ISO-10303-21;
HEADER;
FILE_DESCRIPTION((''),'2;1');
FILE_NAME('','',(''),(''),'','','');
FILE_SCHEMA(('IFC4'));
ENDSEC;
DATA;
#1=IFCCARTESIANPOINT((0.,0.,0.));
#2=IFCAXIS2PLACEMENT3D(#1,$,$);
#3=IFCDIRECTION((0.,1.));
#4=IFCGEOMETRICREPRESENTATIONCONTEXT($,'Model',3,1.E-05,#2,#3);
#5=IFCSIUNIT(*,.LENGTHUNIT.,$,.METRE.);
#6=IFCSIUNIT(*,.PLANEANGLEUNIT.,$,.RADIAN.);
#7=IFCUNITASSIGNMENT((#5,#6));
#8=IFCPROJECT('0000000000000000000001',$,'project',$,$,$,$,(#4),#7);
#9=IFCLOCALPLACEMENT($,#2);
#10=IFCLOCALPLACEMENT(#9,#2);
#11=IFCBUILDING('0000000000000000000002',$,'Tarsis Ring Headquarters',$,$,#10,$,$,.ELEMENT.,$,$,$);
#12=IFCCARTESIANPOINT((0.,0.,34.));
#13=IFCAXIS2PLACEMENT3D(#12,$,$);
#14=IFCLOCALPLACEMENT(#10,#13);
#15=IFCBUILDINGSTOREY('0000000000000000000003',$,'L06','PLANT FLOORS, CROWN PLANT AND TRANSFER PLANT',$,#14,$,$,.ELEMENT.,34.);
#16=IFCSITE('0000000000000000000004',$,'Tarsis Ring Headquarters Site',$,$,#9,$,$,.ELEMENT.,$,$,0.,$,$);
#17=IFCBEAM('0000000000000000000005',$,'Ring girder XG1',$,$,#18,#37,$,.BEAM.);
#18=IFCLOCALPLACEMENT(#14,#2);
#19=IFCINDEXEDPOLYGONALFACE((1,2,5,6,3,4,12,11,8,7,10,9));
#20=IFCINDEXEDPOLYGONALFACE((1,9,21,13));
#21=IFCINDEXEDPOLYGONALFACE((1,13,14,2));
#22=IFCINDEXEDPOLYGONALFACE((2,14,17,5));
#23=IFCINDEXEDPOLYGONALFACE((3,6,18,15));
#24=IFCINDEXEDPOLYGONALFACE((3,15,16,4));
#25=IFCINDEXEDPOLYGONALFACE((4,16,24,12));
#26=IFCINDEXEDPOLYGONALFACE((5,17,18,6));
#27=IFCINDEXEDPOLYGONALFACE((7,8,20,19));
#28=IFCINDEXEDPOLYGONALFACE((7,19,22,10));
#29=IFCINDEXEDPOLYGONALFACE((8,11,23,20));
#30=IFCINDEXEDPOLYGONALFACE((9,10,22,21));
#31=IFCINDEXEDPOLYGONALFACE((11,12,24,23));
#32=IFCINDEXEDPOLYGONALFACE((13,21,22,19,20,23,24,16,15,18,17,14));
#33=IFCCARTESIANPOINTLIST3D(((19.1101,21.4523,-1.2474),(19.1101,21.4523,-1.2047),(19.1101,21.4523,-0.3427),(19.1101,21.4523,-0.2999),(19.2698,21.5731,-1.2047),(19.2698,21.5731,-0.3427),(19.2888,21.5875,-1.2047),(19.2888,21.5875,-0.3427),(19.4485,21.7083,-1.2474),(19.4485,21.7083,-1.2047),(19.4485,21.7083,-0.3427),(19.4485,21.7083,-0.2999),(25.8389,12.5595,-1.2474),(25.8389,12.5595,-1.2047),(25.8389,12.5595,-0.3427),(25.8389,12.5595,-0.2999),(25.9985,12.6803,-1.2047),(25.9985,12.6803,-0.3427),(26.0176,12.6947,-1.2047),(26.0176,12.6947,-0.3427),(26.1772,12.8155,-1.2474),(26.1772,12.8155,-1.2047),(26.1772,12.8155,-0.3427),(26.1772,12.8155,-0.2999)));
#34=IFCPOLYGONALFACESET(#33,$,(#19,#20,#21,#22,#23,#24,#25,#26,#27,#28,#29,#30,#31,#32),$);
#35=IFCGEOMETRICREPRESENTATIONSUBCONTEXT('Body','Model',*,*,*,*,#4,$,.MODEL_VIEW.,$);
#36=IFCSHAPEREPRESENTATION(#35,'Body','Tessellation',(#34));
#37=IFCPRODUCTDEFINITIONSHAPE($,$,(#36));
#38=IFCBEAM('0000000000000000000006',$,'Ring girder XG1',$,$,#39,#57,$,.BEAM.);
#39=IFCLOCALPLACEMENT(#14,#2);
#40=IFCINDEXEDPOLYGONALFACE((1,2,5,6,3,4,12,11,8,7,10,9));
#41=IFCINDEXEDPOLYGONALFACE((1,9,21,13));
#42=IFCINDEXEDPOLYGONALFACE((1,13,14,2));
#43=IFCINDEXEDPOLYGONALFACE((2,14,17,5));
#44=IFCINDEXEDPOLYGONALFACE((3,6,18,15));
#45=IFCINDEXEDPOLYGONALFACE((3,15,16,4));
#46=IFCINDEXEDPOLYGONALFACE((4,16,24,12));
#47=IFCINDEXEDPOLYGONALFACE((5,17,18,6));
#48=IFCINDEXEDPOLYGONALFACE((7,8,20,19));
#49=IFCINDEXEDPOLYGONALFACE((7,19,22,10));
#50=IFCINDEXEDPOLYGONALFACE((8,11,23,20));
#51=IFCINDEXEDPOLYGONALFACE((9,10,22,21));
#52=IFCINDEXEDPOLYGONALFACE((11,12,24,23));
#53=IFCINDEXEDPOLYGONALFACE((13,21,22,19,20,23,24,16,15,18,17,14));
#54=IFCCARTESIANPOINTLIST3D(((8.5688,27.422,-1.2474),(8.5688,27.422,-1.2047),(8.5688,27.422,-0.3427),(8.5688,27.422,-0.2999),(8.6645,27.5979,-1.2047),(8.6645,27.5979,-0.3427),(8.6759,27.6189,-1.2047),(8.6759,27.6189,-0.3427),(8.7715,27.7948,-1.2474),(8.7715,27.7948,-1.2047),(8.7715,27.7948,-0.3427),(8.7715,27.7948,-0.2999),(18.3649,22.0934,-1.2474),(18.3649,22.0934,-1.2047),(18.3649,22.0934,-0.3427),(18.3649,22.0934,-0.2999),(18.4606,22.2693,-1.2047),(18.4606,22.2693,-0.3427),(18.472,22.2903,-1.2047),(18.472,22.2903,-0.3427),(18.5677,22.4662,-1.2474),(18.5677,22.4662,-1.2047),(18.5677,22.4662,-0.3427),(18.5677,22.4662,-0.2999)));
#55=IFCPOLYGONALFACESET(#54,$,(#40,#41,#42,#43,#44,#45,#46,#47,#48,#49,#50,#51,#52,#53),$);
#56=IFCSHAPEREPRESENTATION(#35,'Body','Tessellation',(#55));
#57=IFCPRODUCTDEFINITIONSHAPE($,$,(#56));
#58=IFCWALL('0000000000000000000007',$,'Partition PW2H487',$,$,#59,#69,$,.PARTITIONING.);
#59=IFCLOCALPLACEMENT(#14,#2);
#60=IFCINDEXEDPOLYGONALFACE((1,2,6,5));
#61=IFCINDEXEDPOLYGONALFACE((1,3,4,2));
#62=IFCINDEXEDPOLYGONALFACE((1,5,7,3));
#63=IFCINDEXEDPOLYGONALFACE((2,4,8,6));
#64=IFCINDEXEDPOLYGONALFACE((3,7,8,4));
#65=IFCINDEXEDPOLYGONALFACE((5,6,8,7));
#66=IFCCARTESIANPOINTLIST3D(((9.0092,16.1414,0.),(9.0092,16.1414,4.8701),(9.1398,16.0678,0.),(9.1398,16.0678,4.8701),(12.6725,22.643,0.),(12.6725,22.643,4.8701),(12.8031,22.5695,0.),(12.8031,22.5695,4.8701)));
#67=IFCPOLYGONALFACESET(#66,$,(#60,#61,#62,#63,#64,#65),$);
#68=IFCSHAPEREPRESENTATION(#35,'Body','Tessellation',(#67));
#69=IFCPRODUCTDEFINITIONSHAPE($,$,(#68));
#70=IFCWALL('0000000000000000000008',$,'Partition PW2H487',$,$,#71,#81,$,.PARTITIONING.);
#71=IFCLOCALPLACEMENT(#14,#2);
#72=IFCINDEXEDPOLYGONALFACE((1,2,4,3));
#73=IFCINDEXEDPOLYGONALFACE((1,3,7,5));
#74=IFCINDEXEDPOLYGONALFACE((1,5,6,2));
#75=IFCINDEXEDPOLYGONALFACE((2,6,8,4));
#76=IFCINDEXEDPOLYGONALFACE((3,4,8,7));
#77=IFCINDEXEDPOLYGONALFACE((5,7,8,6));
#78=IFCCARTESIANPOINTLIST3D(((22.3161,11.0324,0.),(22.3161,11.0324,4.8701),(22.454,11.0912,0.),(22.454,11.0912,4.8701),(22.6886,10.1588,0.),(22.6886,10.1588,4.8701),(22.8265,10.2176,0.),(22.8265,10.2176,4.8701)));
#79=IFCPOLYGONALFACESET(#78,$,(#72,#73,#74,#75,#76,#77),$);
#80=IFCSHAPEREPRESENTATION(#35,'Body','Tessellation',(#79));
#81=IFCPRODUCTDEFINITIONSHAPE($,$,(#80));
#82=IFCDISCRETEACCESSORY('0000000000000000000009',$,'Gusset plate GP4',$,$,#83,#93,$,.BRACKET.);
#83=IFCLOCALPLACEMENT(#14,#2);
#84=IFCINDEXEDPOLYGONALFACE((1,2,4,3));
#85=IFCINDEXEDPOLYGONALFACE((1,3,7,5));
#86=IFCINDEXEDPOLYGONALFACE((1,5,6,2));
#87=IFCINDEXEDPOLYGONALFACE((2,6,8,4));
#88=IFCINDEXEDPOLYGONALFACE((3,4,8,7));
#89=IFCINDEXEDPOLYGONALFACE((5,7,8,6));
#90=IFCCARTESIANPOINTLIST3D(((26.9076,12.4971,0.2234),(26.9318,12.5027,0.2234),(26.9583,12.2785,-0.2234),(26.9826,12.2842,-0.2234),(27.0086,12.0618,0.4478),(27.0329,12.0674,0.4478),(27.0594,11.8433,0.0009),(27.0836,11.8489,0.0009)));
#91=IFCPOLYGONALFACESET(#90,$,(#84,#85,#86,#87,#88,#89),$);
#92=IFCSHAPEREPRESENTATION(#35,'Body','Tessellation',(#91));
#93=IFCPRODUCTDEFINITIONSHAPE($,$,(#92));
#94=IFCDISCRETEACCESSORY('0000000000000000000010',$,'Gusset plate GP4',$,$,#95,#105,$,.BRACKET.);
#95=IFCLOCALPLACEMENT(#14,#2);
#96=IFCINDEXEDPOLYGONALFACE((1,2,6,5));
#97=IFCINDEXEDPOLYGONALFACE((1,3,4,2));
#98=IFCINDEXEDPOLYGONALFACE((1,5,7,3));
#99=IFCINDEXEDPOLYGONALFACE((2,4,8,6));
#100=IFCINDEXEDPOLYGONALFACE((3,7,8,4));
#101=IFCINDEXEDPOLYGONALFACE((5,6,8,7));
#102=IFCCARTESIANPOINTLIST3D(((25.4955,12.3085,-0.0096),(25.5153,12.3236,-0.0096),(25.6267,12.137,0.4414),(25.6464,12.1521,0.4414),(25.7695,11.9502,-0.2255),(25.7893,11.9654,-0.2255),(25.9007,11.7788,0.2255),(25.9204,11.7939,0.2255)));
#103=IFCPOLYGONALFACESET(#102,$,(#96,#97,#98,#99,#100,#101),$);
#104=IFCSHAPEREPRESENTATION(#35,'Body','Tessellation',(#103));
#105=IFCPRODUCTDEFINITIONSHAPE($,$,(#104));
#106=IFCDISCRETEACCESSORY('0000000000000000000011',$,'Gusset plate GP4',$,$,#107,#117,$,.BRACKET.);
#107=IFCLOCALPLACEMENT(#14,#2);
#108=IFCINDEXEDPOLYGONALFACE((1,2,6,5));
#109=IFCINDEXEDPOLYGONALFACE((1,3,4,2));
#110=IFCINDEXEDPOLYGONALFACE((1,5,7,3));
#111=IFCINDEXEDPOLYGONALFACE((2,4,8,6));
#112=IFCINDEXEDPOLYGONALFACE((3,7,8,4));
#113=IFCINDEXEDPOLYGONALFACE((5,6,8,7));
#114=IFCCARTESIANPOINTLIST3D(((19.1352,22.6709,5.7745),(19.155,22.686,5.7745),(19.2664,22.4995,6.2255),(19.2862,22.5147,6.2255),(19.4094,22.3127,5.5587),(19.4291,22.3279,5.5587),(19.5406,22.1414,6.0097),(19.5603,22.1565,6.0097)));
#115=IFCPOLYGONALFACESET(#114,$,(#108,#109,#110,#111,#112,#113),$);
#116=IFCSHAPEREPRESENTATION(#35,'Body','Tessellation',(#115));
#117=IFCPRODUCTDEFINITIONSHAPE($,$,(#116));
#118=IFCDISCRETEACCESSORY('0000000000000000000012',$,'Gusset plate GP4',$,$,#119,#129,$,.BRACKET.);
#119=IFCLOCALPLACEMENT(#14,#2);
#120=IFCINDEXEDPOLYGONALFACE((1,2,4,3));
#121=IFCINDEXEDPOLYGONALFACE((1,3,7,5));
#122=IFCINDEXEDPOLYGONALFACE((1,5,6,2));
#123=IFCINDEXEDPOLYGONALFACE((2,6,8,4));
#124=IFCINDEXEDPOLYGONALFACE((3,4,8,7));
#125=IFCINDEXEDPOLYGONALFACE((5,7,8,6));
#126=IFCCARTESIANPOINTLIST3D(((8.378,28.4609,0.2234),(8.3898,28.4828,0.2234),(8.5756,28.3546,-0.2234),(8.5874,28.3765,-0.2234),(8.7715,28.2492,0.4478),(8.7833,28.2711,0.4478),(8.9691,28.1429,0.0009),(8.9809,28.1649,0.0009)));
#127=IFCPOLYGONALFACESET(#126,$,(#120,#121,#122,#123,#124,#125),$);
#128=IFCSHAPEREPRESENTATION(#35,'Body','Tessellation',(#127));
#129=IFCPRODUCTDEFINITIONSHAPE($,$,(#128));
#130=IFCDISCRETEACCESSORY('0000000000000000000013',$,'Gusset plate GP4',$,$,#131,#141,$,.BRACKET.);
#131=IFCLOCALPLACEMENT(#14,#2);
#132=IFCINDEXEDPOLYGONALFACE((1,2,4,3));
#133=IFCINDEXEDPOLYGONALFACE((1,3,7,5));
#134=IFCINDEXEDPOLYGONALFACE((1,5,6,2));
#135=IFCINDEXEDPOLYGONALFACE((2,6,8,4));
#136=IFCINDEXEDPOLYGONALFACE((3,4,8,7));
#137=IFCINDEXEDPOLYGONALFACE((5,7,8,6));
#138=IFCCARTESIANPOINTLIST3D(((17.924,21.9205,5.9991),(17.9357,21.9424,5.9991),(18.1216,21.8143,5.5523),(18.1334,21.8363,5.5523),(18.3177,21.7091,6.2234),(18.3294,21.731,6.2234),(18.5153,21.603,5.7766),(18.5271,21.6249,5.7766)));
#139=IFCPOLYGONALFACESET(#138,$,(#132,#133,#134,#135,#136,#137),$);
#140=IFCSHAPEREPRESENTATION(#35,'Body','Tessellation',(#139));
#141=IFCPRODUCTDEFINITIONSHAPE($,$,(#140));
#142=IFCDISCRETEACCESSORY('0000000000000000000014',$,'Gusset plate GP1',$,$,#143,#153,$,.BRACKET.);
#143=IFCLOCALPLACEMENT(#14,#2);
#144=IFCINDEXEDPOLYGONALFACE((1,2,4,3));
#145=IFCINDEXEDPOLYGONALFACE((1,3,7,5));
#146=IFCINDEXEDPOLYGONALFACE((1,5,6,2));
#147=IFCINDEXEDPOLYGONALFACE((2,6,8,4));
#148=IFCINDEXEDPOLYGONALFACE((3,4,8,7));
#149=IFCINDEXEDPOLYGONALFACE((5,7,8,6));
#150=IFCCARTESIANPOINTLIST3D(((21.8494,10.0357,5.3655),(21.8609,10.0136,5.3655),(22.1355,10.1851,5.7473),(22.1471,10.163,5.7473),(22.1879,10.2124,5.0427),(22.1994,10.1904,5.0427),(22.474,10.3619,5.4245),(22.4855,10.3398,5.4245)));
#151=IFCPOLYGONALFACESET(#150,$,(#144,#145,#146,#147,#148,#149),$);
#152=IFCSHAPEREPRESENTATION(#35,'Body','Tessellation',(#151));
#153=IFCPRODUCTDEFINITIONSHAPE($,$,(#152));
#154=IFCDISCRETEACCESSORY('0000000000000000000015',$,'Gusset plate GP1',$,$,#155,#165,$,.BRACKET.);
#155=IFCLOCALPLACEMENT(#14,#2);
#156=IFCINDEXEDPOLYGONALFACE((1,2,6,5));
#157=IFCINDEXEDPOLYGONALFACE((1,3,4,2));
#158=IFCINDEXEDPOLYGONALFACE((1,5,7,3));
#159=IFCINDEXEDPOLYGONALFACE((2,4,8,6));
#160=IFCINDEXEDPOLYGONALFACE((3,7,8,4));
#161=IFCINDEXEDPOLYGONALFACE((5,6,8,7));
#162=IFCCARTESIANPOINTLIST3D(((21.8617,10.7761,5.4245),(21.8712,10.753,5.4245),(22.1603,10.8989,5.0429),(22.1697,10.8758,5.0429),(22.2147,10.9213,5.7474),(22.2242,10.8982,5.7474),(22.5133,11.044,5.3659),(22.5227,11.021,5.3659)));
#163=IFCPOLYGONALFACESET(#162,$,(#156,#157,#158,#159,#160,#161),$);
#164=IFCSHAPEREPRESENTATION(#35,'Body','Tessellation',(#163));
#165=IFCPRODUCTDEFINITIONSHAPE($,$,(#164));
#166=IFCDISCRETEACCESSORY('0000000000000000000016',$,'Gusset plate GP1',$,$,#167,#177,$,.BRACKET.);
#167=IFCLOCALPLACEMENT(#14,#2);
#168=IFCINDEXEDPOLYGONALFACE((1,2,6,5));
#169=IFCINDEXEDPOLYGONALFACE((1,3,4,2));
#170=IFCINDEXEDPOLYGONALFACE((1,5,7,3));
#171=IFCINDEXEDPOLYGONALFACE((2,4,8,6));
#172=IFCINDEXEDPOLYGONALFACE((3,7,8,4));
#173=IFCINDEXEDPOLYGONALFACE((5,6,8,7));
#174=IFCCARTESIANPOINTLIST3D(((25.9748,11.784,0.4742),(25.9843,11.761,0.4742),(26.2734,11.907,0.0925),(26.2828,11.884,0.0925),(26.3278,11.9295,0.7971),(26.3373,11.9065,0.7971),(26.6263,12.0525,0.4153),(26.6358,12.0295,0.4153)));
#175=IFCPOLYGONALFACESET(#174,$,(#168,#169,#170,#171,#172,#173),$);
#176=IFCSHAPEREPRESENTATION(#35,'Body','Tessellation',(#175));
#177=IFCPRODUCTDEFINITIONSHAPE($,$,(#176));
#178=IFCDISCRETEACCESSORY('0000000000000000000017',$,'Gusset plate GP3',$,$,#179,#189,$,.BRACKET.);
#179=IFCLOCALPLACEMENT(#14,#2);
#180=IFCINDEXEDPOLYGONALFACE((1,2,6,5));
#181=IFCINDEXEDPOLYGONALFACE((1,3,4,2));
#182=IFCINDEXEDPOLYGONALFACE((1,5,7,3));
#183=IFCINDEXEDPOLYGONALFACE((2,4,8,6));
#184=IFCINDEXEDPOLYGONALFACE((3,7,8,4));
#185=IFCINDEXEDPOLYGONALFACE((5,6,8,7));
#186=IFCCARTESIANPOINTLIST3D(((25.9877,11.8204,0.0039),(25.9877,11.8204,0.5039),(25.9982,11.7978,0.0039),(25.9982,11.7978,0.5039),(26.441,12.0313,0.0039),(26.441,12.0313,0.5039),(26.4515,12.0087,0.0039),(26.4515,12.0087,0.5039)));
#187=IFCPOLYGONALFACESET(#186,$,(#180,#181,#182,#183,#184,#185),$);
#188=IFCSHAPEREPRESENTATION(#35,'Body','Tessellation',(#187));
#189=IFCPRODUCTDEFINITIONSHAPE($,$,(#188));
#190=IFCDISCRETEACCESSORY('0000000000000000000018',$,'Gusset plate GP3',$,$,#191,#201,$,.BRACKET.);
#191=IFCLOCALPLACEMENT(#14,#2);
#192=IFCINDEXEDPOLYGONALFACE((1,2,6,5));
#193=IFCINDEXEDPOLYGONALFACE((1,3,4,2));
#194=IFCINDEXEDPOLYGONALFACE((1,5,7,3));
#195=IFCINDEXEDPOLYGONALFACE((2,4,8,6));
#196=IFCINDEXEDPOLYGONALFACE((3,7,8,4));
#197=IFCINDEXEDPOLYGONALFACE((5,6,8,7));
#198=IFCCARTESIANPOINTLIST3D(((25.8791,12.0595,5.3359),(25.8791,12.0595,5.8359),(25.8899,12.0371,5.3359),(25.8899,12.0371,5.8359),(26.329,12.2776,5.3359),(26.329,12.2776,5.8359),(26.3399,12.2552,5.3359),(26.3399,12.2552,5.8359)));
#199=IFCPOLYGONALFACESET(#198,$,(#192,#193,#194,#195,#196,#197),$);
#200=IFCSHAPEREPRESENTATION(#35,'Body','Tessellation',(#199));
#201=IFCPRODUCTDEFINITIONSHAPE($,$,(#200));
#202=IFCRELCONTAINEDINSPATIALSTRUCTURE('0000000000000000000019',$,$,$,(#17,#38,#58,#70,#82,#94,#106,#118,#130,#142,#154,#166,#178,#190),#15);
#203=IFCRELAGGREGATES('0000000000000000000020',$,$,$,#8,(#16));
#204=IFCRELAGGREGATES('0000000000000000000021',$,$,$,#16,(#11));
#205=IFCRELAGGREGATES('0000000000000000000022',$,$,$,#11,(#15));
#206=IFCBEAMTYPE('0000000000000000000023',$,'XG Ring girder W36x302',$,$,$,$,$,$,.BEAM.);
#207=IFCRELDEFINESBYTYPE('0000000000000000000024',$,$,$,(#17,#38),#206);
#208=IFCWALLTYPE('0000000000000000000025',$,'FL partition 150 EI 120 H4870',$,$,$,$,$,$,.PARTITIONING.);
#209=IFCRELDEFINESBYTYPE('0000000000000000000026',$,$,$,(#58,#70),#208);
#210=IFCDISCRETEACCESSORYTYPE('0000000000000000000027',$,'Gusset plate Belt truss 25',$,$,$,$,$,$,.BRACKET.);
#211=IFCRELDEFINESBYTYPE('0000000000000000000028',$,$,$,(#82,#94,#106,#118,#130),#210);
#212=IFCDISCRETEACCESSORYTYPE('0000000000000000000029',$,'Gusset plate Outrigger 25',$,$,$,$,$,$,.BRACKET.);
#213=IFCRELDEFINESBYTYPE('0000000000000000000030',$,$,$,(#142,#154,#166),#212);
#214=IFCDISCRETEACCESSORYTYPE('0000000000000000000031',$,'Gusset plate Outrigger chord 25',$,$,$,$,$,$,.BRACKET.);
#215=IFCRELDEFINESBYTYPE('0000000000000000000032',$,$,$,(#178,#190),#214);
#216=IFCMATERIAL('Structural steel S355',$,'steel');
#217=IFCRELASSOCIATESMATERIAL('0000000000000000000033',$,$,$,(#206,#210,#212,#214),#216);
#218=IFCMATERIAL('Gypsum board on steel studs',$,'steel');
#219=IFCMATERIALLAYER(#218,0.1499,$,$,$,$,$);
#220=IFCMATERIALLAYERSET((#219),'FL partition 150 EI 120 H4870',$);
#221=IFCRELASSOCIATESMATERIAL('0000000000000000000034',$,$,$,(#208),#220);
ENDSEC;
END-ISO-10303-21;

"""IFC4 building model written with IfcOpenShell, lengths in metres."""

from ifc_helpers import new_model, si_unit, direction, frame, frame_2d, origin, origin_2d, place, context, subcontext, project, spatial, rectangle, i_section, extrude, material, layer, layer_set, material_profile, profile_set, type_object, element, save


model = new_model("IFC4")

# Units and contexts
model_context = context("Model", 3, precision=1e-05, world=origin(), true_north=direction((0.0, 1.0)))
body_context = subcontext(model_context, "Body", "Model", "MODEL_VIEW")
ifc_project = project(units=[si_unit("LENGTHUNIT", "METRE"), si_unit("PLANEANGLEUNIT", "RADIAN")], contexts=[model_context])

# Site, building, storey
site_placement = place(None, origin())
site = spatial("IfcSite", under=ifc_project, at=site_placement, Name="Tarsis Ring Headquarters Site", CompositionType="ELEMENT", RefElevation=0.0)
building_placement = place(site_placement, origin())
building = spatial("IfcBuilding", under=site, at=building_placement, Name="Tarsis Ring Headquarters", CompositionType="ELEMENT")
storey_placement = place(building_placement, frame((0.0, 0.0, 34.0)))
storey = spatial("IfcBuildingStorey", under=building, at=storey_placement, Name="L06", Description="PLANT FLOORS, CROWN PLANT AND TRANSFER PLANT", CompositionType="ELEMENT", Elevation=34.0)

# Shared definitions
ifc_material_1 = material(Name="Structural steel S355", Category="steel")

# Beams
ifc_material_profile_1 = material_profile(ifc_material_1, i_section(OverallWidth=0.4243, OverallDepth=0.9475, WebThickness=0.0239, FlangeThickness=0.0427, at=origin_2d()), Name="W36x302")
ifc_profile_set_1 = profile_set([ifc_material_profile_1], Name="Structural steel S355")
beam_type_1 = type_object("IfcBeamType", Name="XG Ring girder W36x302", PredefinedType="BEAM", material=ifc_profile_set_1)
for number, where, z_axis, x_axis, name in (
    (1, (26.0081, 12.6875, -0.7737), (-0.603389, 0.797447, 0.0), (-0.797447, -0.603389, 0.0), "Ring girder XG1"),
    (2, (18.4663, 22.2798, -0.7737), (-0.878451, 0.477833, 0.0), (-0.477833, -0.878451, 0.0), "Ring girder XG1"),
):
    element("IfcBeam", number, at=place(storey_placement, frame(where, z_axis=z_axis, x_axis=x_axis)), inside=storey, type_object=beam_type_1, Name=name, PredefinedType="BEAM", context=body_context, shape_type="SweptSolid", body=[
        extrude(i_section(OverallWidth=0.4243, OverallDepth=0.9475, WebThickness=0.0239, FlangeThickness=0.0427, at=origin_2d()), origin(), (0.0, 0.0, 1.0), 11.1516),
    ])

# Walls
ifc_material_2 = material(Name="Gypsum board on steel studs", Category="steel")
ifc_layer = layer(ifc_material_2, 0.1499)
ifc_layer_set = layer_set([ifc_layer], Name="FL partition 150 EI 120 H4870")
wall_type = type_object("IfcWallType", Name="FL partition 150 EI 120 H4870", PredefinedType="PARTITIONING", material=ifc_layer_set)
wall_1_placement = place(storey_placement, frame((9.0745, 16.1045, 0.0), z_axis=(0.0, 0.0, 1.0), x_axis=(0.490884, 0.871225, 0.0)))
element("IfcWall", 3, at=wall_1_placement, inside=storey, type_object=wall_type, Name="Partition PW2H487", PredefinedType="PARTITIONING", context=body_context, shape_type="SweptSolid", body=[
    extrude(rectangle(XDim=7.4626, YDim=0.1499, at=frame_2d((3.7314, 0.0))), origin(), (0.0, 0.0, 1.0), 4.8701),
])
wall_2_placement = place(storey_placement, frame((22.385, 11.0618, 0.0), z_axis=(0.0, 0.0, 1.0), x_axis=(0.392305, -0.919835, 0.0)))
element("IfcWall", 4, at=wall_2_placement, inside=storey, type_object=wall_type, Name="Partition PW2H487", PredefinedType="PARTITIONING", context=body_context, shape_type="SweptSolid", body=[
    extrude(rectangle(XDim=0.9497, YDim=0.1499, at=frame_2d((0.4749, 0.0))), origin(), (0.0, 0.0, 1.0), 4.8701),
])

# Discrete accessories
ifc_material_profile_2 = material_profile(ifc_material_1, rectangle(XDim=0.0249, YDim=0.5, at=origin_2d()), Name="PL 25x500")
ifc_profile_set_2 = profile_set([ifc_material_profile_2], Name="Structural steel S355")
discrete_accessory_type_1 = type_object("IfcDiscreteAccessoryType", Name="Gusset plate Belt truss 25", PredefinedType="BRACKET", material=ifc_profile_set_2)
for number, where, z_axis, x_axis, name in (
    (5, (26.9451, 12.3906, 0.0), (0.202131, -0.870528, 0.448691), (0.974086, 0.226176, 0.0), "Gusset plate GP4"),
    (6, (25.845, 11.8721, 0.0), (-0.547974, 0.716469, 0.431737), (-0.794312, -0.60751, 0.0), "Gusset plate GP4"),
    (7, (19.2107, 22.5928, 6.0), (0.548316, -0.716277, -0.431622), (0.79405, 0.607852, 0.0), "Gusset plate GP4"),
    (8, (8.4827, 28.4187, 0.0), (0.787063, -0.423315, 0.448704), (0.473676, 0.880699, 0.0), "Gusset plate GP4"),
    (9, (18.4224, 21.667, 6.0), (-0.787412, 0.422752, -0.448624), (-0.473025, -0.881049, 0.0), "Gusset plate GP4"),
):
    element("IfcDiscreteAccessory", number, at=place(storey_placement, frame(where, z_axis=z_axis, x_axis=x_axis)), inside=storey, type_object=discrete_accessory_type_1, Name=name, PredefinedType="BRACKET", context=body_context, shape_type="SweptSolid", body=[
        extrude(rectangle(XDim=0.0249, YDim=0.5, at=origin_2d()), origin(), (0.0, 0.0, 1.0), 0.5),
    ])
discrete_accessory_type_2 = type_object("IfcDiscreteAccessoryType", Name="Gusset plate Outrigger 25", PredefinedType="BRACKET", material=ifc_profile_set_2)
discrete_accessory_1_placement = place(storey_placement, frame((22.3105, 10.2625, 5.5859), z_axis=(-0.572271, -0.298831, -0.763679), x_axis=(0.462876, -0.886423, 0.0)))
element("IfcDiscreteAccessory", 10, at=discrete_accessory_1_placement, inside=storey, type_object=discrete_accessory_type_2, Name="Gusset plate GP1", PredefinedType="BRACKET", context=body_context, shape_type="SweptSolid", body=[
    extrude(rectangle(XDim=0.0249, YDim=0.5, at=origin_2d()), origin(), (0.0, 0.0, 1.0), 0.5),
])
discrete_accessory_2_placement = place(storey_placement, frame((22.043, 10.8372, 5.5859), z_axis=(0.597353, 0.245682, -0.76342), x_axis=(-0.380369, 0.924835, 0.0)))
element("IfcDiscreteAccessory", 11, at=discrete_accessory_2_placement, inside=storey, type_object=discrete_accessory_type_2, Name="Gusset plate GP1", PredefinedType="BRACKET", context=body_context, shape_type="SweptSolid", body=[
    extrude(rectangle(XDim=0.0249, YDim=0.5, at=origin_2d()), origin(), (0.0, 0.0, 1.0), 0.4998),
])
discrete_accessory_3_placement = place(storey_placement, frame((26.4546, 11.9683, 0.2539), z_axis=(-0.597059, -0.246049, 0.763532), x_axis=(0.381016, -0.924568, 0.0)))
element("IfcDiscreteAccessory", 12, at=discrete_accessory_3_placement, inside=storey, type_object=discrete_accessory_type_2, Name="Gusset plate GP1", PredefinedType="BRACKET", context=body_context, shape_type="SweptSolid", body=[
    extrude(rectangle(XDim=0.0249, YDim=0.5, at=origin_2d()), origin(), (0.0, 0.0, 1.0), 0.5),
])
discrete_accessory_type_3 = type_object("IfcDiscreteAccessoryType", Name="Gusset plate Outrigger chord 25", PredefinedType="BRACKET", material=ifc_profile_set_2)
for number, where, z_axis, x_axis, name in (
    (13, (26.4463, 12.02, 0.2539), (-0.906669, -0.421843, 0.0), (0.421843, -0.906669, 0.0), "Gusset plate GP3"),
    (14, (26.3345, 12.2664, 5.5859), (-0.899924, -0.436046, 0.0), (0.436046, -0.899924, 0.0), "Gusset plate GP3"),
):
    element("IfcDiscreteAccessory", number, at=place(storey_placement, frame(where, z_axis=z_axis, x_axis=x_axis)), inside=storey, type_object=discrete_accessory_type_3, Name=name, PredefinedType="BRACKET", context=body_context, shape_type="SweptSolid", body=[
        extrude(rectangle(XDim=0.0249, YDim=0.5, at=origin_2d()), origin(), (0.0, 0.0, 1.0), 0.5),
    ])

save(model, "model.ifc")
